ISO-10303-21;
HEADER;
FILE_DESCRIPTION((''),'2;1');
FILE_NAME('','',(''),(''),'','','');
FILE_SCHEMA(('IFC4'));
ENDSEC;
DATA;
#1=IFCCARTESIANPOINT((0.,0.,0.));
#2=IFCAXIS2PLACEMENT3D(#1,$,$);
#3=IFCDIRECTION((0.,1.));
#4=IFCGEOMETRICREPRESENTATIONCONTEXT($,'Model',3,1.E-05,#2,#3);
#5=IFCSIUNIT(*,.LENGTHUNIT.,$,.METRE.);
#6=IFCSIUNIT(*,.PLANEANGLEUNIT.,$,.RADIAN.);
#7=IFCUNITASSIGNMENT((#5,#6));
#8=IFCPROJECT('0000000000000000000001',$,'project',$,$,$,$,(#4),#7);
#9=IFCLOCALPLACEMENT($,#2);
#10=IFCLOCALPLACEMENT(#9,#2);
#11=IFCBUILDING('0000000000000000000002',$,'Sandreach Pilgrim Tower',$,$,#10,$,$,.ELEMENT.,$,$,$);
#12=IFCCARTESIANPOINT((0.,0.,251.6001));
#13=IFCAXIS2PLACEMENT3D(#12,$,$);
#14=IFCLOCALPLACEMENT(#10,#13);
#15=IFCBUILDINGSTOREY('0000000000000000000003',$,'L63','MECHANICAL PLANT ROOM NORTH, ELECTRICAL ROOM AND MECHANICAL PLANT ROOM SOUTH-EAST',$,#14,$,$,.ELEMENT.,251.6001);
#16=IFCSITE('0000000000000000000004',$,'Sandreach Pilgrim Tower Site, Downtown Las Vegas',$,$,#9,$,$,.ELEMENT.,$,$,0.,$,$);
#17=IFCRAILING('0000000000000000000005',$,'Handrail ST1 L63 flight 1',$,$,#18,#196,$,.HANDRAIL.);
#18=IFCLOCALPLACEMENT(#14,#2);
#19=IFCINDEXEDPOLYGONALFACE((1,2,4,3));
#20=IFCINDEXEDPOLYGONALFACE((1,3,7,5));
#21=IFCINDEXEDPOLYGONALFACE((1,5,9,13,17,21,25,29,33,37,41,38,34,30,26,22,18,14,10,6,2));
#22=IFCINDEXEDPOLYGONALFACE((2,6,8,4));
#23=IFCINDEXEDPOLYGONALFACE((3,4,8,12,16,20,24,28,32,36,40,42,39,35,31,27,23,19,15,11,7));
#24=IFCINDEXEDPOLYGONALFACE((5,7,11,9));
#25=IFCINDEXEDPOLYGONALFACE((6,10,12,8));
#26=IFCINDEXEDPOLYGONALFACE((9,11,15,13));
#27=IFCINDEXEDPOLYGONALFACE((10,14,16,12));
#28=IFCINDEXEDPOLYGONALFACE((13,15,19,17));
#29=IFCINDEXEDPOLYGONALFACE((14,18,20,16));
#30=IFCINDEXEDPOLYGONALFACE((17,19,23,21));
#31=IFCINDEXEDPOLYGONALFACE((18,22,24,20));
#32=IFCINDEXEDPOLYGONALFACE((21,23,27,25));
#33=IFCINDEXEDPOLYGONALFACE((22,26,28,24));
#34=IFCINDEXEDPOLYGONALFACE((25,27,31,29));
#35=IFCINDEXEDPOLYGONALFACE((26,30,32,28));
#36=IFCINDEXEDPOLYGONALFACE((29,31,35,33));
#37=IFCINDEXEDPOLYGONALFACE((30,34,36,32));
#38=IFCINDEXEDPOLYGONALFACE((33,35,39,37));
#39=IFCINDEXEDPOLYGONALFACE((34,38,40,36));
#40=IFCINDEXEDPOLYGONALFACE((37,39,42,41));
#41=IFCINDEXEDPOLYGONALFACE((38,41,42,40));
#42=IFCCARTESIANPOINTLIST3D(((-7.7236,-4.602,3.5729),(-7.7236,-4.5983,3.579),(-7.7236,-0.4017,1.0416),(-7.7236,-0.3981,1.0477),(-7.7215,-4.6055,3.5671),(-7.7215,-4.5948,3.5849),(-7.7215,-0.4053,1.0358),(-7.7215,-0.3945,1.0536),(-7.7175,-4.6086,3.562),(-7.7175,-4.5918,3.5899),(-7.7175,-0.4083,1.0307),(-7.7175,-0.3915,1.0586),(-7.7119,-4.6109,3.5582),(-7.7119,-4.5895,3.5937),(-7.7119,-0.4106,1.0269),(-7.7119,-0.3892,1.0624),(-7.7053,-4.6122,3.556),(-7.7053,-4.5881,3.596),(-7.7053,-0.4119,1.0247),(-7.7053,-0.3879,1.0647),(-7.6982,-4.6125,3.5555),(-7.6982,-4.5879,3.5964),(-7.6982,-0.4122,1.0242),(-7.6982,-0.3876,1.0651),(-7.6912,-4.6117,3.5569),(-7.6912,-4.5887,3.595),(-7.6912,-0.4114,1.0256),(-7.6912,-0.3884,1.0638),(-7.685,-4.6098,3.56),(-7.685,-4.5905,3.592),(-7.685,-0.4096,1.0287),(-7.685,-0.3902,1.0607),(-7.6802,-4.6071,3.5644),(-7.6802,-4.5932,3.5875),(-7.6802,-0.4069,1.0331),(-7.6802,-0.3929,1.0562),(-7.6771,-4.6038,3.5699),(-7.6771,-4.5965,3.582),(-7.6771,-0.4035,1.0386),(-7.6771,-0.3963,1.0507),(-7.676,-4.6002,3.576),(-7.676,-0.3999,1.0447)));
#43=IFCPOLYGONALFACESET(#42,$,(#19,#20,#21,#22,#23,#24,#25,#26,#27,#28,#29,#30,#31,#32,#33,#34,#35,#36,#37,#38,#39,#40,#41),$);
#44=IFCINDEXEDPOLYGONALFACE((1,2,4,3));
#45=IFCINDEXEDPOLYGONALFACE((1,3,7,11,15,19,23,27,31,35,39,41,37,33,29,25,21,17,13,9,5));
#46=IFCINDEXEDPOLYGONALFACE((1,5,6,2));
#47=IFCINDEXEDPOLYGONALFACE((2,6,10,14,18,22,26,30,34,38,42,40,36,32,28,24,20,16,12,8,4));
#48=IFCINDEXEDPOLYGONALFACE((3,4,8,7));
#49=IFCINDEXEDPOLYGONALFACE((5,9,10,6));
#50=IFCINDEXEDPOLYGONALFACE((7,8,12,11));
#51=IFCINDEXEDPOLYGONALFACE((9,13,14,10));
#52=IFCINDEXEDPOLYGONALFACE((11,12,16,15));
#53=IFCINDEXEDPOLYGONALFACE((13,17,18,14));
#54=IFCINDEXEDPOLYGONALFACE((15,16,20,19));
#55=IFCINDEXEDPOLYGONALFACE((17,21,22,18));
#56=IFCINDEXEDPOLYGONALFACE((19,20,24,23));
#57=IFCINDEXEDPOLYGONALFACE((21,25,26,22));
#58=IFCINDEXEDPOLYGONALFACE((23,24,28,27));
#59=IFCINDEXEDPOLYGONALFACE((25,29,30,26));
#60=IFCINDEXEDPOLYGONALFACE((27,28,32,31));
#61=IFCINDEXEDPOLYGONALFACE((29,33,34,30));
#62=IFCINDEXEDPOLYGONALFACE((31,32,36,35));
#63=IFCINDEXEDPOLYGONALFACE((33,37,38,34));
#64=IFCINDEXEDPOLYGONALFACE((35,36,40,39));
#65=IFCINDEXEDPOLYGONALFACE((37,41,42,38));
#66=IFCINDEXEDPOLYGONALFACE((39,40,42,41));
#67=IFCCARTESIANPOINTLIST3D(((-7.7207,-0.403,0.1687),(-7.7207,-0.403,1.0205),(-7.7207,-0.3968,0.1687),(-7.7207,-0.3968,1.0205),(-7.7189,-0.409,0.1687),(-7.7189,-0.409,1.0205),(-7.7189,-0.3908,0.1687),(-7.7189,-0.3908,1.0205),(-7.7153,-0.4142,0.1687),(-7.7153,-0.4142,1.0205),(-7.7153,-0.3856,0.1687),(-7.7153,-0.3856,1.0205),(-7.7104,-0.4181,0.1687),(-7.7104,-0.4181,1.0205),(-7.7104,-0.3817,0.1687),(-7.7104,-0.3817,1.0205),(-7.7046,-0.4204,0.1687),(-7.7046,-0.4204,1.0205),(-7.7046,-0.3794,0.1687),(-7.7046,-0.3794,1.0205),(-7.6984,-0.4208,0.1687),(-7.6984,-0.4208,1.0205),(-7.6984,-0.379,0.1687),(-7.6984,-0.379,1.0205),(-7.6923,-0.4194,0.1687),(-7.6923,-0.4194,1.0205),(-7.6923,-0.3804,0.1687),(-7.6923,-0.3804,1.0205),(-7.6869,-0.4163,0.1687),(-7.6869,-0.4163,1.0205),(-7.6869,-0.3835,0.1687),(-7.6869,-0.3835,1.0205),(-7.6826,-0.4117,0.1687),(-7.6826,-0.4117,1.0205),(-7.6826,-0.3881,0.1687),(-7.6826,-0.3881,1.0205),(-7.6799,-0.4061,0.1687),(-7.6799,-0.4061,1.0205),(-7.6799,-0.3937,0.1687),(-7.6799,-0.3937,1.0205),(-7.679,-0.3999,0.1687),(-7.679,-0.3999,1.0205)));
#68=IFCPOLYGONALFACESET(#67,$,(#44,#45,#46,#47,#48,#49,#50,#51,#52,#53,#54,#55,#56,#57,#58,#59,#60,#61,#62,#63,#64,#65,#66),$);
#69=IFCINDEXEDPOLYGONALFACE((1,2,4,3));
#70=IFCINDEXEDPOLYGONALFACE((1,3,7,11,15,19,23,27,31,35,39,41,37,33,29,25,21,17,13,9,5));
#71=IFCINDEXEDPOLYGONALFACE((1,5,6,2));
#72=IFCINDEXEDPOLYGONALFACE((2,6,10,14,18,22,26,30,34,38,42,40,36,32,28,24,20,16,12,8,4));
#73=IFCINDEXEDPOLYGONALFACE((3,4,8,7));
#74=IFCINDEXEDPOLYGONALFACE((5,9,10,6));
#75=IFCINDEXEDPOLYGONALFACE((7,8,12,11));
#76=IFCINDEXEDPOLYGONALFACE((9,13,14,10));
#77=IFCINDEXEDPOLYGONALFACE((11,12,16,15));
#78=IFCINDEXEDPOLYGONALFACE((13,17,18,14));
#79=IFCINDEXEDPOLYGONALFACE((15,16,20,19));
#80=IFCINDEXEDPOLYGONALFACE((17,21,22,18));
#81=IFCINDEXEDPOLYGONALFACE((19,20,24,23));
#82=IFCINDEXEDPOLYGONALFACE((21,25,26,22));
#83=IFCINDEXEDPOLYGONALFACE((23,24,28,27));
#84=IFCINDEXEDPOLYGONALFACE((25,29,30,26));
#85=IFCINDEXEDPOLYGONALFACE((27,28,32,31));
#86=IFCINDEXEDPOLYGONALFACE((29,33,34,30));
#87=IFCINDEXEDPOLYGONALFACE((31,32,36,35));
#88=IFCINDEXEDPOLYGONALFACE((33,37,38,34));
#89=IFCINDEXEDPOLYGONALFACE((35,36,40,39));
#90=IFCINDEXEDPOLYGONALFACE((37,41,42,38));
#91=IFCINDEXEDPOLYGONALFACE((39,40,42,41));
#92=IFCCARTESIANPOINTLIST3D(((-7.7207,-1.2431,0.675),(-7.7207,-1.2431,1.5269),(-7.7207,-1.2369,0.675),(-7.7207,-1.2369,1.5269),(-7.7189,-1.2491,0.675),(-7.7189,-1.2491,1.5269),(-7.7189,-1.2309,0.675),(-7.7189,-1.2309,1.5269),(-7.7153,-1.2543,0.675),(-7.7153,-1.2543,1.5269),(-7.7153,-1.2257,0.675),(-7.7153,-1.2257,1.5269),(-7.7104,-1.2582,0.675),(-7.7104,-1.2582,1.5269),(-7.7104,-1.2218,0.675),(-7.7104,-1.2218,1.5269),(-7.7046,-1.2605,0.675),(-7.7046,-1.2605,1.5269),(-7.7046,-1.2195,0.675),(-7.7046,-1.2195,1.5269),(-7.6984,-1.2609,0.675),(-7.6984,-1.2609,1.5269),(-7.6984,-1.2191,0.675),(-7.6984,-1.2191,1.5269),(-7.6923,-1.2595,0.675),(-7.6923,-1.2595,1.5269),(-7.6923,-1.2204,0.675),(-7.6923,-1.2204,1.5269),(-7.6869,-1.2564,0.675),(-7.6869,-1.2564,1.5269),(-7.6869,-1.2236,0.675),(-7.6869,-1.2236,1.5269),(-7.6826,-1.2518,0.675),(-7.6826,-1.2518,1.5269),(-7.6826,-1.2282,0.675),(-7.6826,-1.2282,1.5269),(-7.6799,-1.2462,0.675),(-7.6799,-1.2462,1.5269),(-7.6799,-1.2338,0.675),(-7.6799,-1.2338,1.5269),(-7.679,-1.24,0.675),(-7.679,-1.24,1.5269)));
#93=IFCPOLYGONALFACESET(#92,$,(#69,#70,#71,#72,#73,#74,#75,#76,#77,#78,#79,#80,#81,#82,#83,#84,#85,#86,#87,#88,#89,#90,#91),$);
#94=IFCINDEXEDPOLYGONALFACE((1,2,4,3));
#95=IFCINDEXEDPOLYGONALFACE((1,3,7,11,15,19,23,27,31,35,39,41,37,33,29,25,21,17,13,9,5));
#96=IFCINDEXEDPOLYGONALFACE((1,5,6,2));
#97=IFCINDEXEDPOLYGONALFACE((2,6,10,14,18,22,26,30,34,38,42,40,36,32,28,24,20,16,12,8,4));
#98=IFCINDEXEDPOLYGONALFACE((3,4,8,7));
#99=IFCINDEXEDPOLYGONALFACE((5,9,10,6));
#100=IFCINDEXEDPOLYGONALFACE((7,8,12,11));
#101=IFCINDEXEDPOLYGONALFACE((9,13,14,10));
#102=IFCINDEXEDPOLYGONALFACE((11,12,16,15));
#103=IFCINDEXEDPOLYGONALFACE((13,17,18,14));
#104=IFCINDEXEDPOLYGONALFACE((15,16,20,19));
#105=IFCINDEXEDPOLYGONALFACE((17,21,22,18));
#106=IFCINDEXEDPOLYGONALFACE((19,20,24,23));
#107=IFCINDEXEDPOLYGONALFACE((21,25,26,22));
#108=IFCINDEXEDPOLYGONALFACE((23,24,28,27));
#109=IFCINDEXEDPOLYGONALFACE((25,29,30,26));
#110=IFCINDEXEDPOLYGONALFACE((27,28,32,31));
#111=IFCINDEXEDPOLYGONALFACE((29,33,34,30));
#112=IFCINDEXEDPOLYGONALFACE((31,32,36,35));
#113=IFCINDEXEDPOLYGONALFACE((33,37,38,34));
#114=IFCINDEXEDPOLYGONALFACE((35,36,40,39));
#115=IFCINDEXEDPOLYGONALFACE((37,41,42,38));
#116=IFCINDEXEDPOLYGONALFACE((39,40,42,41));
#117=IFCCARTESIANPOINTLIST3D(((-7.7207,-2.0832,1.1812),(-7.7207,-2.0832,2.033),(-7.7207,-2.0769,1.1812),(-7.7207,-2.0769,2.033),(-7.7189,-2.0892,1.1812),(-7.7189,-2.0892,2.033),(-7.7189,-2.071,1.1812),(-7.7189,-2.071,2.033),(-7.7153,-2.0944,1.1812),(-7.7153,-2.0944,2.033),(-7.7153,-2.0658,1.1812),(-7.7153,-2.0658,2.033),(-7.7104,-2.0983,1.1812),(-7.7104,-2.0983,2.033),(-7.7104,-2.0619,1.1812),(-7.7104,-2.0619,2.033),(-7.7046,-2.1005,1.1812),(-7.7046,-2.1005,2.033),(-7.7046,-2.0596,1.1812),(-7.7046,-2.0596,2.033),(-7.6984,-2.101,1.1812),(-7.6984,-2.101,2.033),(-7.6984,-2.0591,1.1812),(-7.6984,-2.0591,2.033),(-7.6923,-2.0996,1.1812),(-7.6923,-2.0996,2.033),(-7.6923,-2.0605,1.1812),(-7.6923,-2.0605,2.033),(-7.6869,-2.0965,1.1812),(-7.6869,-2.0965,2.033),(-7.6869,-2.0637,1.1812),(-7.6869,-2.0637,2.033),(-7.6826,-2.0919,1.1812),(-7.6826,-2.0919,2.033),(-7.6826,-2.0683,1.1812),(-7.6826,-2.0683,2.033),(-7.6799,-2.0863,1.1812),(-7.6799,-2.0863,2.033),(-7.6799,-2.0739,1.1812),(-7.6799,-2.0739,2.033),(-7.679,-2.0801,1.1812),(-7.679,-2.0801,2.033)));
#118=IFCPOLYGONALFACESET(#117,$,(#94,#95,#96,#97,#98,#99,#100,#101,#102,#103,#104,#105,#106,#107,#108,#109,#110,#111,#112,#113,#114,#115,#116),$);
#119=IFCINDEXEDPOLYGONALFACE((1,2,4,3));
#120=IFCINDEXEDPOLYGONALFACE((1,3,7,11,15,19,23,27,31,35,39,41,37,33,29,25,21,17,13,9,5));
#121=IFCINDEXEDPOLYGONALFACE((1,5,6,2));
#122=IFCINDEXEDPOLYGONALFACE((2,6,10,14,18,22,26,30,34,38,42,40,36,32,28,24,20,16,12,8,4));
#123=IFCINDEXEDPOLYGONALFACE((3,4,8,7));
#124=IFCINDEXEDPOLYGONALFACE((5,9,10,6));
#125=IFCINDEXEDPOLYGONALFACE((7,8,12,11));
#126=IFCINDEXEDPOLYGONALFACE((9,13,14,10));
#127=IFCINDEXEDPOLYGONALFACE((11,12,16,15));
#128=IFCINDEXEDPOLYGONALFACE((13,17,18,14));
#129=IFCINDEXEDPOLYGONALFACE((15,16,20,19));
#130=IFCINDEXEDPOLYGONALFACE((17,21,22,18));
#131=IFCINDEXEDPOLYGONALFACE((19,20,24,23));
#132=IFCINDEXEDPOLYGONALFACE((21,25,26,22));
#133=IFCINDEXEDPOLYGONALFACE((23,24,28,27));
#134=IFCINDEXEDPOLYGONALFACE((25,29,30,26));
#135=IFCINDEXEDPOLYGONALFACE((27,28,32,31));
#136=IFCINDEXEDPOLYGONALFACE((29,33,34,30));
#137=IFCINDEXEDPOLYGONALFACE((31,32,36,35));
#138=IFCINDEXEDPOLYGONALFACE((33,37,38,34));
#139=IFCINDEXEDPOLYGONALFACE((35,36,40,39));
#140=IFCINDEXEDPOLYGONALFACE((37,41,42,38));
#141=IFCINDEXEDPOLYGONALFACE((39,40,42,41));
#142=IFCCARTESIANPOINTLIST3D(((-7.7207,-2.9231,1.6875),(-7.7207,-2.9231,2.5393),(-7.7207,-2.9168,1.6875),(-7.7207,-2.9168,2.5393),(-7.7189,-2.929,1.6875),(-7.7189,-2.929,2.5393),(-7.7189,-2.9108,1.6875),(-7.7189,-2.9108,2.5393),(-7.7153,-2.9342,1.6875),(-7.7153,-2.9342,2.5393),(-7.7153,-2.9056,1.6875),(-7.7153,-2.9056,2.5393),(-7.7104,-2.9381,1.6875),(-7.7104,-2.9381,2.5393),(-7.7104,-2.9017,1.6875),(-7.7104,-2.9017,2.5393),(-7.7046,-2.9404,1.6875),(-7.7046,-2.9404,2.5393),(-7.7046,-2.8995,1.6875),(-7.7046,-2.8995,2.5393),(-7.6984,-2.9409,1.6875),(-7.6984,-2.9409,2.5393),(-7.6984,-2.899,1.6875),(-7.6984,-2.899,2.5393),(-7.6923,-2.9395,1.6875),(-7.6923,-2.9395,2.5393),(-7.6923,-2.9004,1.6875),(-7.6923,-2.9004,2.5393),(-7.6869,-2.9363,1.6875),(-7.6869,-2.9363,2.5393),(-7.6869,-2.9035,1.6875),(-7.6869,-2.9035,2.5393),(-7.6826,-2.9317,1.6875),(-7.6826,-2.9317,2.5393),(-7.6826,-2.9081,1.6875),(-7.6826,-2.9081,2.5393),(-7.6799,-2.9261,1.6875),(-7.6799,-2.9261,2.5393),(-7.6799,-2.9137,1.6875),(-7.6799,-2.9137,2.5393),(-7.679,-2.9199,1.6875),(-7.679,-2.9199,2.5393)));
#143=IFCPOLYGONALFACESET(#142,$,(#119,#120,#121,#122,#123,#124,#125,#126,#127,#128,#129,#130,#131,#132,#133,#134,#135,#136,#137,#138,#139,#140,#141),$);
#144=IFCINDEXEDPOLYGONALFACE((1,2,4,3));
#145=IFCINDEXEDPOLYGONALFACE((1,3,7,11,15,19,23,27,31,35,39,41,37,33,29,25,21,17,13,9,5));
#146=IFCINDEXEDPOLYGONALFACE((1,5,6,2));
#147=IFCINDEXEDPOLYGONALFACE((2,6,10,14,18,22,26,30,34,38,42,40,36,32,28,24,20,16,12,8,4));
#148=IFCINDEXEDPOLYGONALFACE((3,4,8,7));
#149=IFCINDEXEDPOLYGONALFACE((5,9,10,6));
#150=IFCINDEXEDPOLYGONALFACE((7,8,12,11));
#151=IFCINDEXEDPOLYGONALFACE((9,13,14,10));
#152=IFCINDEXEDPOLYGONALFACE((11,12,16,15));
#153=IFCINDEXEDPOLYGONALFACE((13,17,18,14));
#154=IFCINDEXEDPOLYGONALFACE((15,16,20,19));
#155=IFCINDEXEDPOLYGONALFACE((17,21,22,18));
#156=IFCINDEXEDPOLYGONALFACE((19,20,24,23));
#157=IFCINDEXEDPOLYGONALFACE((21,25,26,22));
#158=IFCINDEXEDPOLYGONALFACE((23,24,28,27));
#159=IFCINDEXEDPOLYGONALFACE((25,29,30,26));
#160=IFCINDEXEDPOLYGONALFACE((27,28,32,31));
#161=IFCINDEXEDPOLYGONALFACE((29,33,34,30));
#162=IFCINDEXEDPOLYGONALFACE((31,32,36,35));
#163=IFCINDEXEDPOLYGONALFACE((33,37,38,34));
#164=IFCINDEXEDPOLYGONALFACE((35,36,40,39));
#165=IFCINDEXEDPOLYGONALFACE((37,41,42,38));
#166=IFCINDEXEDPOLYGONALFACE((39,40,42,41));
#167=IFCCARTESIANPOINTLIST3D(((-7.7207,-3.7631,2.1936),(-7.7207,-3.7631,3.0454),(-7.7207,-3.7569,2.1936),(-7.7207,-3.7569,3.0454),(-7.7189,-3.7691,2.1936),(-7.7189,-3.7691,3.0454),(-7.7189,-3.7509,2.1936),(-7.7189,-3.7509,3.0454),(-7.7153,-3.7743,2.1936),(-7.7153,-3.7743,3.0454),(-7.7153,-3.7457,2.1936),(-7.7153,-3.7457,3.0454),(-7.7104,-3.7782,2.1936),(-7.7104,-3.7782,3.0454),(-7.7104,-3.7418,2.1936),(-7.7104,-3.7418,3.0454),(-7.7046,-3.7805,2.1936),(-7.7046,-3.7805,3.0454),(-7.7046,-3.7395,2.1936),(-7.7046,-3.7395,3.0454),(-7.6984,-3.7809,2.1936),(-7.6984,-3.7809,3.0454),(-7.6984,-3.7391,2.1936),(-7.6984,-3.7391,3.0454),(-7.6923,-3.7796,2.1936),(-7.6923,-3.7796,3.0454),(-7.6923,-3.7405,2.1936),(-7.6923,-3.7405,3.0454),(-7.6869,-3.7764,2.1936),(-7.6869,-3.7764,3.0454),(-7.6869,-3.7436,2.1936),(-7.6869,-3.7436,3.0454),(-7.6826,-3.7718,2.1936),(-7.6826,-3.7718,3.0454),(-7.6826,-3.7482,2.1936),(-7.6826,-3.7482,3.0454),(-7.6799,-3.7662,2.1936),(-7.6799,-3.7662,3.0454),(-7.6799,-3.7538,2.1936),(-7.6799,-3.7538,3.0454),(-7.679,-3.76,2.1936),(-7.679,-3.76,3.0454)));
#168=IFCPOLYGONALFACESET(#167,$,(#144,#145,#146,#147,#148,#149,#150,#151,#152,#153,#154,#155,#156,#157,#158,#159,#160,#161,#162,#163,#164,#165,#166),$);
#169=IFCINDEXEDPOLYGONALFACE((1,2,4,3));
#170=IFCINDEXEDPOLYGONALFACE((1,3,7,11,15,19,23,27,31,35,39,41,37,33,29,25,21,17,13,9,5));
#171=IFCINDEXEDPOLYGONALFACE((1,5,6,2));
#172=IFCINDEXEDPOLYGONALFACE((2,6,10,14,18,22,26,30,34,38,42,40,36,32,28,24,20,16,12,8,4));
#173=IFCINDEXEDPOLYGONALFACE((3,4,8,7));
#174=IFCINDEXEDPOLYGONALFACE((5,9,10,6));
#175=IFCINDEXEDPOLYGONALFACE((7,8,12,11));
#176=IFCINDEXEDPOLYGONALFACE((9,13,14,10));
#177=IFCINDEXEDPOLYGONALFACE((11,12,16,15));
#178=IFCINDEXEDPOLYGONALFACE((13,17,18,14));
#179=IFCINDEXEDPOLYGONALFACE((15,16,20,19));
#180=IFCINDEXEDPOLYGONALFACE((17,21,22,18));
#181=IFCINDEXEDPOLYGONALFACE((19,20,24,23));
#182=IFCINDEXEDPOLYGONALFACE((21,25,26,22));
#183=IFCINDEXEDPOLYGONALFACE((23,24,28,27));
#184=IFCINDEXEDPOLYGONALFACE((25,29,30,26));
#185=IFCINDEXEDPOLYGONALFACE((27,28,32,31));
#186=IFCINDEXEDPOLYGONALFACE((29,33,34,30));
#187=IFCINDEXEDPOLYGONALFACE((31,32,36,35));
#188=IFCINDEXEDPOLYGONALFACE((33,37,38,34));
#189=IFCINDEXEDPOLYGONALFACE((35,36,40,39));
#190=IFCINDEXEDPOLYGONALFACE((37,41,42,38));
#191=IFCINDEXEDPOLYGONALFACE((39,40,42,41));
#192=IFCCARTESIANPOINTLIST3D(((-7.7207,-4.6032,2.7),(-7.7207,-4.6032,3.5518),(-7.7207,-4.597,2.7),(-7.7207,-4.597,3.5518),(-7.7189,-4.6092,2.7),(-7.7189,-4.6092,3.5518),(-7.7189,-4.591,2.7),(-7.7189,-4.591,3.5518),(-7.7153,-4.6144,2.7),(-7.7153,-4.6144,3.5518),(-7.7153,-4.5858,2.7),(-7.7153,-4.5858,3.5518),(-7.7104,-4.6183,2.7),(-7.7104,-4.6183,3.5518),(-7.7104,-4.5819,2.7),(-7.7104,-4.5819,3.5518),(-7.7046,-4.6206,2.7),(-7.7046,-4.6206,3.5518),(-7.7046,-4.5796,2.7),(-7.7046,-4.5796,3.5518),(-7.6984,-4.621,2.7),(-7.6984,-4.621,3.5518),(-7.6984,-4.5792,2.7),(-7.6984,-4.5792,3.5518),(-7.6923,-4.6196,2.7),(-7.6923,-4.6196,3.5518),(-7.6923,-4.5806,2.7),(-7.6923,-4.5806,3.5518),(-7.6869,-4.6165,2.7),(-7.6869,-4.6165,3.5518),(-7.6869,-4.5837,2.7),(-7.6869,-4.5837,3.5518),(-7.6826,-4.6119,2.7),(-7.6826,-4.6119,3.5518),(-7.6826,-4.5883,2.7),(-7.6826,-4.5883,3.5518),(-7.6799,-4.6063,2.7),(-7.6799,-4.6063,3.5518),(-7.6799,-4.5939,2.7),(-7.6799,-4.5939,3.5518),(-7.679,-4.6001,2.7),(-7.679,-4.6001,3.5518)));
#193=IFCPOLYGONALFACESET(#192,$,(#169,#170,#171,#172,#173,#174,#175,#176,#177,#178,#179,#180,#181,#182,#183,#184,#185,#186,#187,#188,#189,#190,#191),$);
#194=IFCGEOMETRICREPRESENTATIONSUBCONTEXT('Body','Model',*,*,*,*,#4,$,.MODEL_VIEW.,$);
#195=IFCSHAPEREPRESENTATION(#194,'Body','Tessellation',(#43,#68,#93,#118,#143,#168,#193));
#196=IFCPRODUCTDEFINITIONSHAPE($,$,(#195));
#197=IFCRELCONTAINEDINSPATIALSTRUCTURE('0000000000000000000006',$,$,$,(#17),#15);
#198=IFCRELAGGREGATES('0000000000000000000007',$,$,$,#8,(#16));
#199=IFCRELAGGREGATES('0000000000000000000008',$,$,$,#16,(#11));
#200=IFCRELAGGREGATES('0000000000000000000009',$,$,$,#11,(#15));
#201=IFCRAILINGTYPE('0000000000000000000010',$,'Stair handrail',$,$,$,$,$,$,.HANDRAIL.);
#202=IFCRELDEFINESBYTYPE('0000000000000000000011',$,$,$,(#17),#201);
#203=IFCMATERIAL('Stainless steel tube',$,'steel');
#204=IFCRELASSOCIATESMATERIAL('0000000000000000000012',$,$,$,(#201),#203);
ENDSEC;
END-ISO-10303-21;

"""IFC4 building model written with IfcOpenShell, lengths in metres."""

from ifc_helpers import new_model, si_unit, direction, frame, origin, origin_2d, place, context, subcontext, project, spatial, circle, extrude, material, type_object, element, save


model = new_model("IFC4")

# Units and contexts
model_context = context("Model", 3, precision=1e-05, world=origin(), true_north=direction((0.0, 1.0)))
body_context = subcontext(model_context, "Body", "Model", "MODEL_VIEW")
ifc_project = project(units=[si_unit("LENGTHUNIT", "METRE"), si_unit("PLANEANGLEUNIT", "RADIAN")], contexts=[model_context])

# Site, building, storey
site_placement = place(None, origin())
site = spatial("IfcSite", under=ifc_project, at=site_placement, Name="Sandreach Pilgrim Tower Site, Downtown Las Vegas", CompositionType="ELEMENT", RefElevation=0.0)
building_placement = place(site_placement, origin())
building = spatial("IfcBuilding", under=site, at=building_placement, Name="Sandreach Pilgrim Tower", CompositionType="ELEMENT")
storey_placement = place(building_placement, frame((0.0, 0.0, 251.6001)))
storey = spatial("IfcBuildingStorey", under=building, at=storey_placement, Name="L63", Description="MECHANICAL PLANT ROOM NORTH, ELECTRICAL ROOM AND MECHANICAL PLANT ROOM SOUTH-EAST", CompositionType="ELEMENT", Elevation=251.6001)

# Railing
ifc_material_1 = material(Name="Stainless steel tube", Category="steel")
railing_type = type_object("IfcRailingType", Name="Stair handrail", PredefinedType="HANDRAIL", material=ifc_material_1)
for number, where, name in (
    (1, (-7.7, -0.3999, 0.1687), "Handrail ST1 L63 flight 1"),
):
    element("IfcRailing", number, at=place(storey_placement, frame(where)), inside=storey, type_object=railing_type, Name=name, PredefinedType="HANDRAIL", context=body_context, shape_type="SweptSolid", body=[
        extrude(circle(Radius=0.0239, at=origin_2d()), frame((0.0, 0.0, 0.876), z_axis=(0.0, -0.85649, 0.516164), x_axis=(1.0, 0.0, 0.0)), (0.0, 0.0, 1.0), 4.9041),
        extrude(circle(Radius=0.021, at=origin_2d()), origin(), (0.0, 0.0, 1.0), 0.8518),
        extrude(circle(Radius=0.021, at=origin_2d()), frame((0.0, -0.8401, 0.5063)), (0.0, 0.0, 1.0), 0.8518),
        extrude(circle(Radius=0.021, at=origin_2d()), frame((0.0, -1.6802, 1.0125)), (0.0, 0.0, 1.0), 0.8518),
        extrude(circle(Radius=0.021, at=origin_2d()), frame((0.0, -2.52, 1.5188)), (0.0, 0.0, 1.0), 0.8518),
        extrude(circle(Radius=0.021, at=origin_2d()), frame((0.0, -3.3601, 2.0249)), (0.0, 0.0, 1.0), 0.8518),
        extrude(circle(Radius=0.021, at=origin_2d()), frame((0.0, -4.2002, 2.5312)), (0.0, 0.0, 1.0), 0.8518),
    ])

save(model, "model.ifc")
